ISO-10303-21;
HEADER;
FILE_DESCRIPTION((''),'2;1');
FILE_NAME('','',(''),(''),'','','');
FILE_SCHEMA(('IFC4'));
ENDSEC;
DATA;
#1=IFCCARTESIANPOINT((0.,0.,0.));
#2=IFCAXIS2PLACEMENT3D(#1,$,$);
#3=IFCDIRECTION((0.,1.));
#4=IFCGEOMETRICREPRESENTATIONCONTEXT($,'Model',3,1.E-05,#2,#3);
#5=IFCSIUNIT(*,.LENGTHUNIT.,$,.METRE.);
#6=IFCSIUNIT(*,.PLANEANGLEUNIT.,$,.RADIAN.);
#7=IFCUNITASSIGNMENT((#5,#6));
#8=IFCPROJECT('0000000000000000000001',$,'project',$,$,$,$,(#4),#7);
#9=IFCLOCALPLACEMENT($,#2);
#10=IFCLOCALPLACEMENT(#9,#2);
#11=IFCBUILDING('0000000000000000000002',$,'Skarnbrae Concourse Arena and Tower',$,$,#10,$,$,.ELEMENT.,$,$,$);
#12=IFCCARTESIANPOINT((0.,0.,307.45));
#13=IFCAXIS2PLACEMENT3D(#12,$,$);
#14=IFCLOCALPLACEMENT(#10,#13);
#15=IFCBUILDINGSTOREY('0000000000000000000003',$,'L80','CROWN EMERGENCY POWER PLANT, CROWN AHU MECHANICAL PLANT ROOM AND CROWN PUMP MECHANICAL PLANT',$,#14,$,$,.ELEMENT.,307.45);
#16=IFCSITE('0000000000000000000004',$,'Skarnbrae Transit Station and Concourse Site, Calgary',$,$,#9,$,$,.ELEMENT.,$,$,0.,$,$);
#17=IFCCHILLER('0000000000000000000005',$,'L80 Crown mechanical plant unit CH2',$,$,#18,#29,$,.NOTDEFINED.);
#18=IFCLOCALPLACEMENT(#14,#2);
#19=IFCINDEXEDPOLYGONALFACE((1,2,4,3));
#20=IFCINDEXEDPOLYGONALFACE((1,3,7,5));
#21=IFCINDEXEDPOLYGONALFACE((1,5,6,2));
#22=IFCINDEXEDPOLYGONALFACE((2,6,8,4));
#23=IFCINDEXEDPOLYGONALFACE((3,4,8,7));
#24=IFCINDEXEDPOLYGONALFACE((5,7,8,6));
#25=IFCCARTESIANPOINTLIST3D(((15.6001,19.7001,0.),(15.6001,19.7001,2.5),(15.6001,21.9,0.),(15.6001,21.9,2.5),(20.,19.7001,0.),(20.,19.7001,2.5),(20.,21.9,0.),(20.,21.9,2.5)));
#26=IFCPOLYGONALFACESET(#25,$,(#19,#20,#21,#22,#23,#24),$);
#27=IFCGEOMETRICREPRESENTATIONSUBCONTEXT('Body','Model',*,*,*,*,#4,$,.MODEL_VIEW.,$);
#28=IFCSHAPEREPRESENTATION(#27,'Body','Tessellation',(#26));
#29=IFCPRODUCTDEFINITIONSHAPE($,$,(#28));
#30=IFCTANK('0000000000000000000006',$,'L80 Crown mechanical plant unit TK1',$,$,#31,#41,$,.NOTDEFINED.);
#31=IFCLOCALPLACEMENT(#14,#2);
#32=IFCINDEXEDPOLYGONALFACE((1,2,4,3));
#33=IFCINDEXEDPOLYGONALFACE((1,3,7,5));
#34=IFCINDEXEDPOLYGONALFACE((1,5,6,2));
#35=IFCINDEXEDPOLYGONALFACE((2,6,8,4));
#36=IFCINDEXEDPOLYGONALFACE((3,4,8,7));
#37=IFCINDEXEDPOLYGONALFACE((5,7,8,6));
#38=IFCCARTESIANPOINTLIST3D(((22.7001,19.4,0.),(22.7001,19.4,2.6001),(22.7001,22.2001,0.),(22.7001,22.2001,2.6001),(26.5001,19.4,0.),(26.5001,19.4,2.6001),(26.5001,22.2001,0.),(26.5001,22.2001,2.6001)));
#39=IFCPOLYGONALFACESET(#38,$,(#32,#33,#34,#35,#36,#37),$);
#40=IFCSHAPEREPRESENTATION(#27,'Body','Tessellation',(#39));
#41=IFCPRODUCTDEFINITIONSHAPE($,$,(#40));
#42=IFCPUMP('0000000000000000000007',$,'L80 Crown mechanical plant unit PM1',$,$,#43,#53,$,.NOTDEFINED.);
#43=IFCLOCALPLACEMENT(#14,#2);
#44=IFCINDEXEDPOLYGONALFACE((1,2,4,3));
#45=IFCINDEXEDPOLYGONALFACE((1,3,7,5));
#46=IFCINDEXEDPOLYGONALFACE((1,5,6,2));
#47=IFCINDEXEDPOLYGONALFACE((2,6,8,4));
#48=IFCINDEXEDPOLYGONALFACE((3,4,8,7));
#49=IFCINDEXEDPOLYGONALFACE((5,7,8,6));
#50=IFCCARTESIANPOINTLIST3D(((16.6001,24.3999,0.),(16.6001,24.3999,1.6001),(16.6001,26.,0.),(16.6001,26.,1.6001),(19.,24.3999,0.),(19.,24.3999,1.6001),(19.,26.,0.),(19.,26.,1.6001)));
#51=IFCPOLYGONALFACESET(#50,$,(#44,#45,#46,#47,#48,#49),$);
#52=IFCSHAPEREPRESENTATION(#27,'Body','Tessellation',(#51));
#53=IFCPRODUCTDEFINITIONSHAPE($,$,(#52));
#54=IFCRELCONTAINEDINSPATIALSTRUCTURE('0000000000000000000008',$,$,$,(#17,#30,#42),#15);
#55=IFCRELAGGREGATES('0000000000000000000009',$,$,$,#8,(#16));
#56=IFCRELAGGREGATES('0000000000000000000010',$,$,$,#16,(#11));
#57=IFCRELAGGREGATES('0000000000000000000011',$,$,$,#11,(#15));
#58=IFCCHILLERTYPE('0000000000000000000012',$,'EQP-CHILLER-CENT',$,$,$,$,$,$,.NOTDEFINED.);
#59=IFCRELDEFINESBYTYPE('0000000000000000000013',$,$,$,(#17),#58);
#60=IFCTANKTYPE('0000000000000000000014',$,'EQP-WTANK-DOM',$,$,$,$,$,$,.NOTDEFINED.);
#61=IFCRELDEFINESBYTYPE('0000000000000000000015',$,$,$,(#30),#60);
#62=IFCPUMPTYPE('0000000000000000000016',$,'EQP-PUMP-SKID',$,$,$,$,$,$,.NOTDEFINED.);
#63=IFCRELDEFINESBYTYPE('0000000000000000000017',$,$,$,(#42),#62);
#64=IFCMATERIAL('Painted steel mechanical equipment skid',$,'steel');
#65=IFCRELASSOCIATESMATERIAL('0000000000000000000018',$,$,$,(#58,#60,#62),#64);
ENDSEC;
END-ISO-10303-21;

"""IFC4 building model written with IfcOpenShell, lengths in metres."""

from ifc_helpers import new_model, si_unit, direction, frame, origin, origin_2d, place, context, subcontext, project, spatial, rectangle, extrude, source, transform, mapped, material, type_object, element, save


model = new_model("IFC4")

# Units and contexts
model_context = context("Model", 3, precision=1e-05, world=origin(), true_north=direction((0.0, 1.0)))
body_context = subcontext(model_context, "Body", "Model", "MODEL_VIEW")
ifc_project = project(units=[si_unit("LENGTHUNIT", "METRE"), si_unit("PLANEANGLEUNIT", "RADIAN")], contexts=[model_context])

# Site, building, storey
site_placement = place(None, origin())
site = spatial("IfcSite", under=ifc_project, at=site_placement, Name="Skarnbrae Transit Station and Concourse Site, Calgary", CompositionType="ELEMENT", RefElevation=0.0)
building_placement = place(site_placement, origin())
building = spatial("IfcBuilding", under=site, at=building_placement, Name="Skarnbrae Concourse Arena and Tower", CompositionType="ELEMENT")
storey_placement = place(building_placement, frame((0.0, 0.0, 307.45)))
storey = spatial("IfcBuildingStorey", under=building, at=storey_placement, Name="L80", Description="CROWN EMERGENCY POWER PLANT, CROWN AHU MECHANICAL PLANT ROOM AND CROWN PUMP MECHANICAL PLANT", CompositionType="ELEMENT", Elevation=307.45)

# Chiller
ifc_material_1 = material(Name="Painted steel mechanical equipment skid", Category="steel")
chiller_type = type_object("IfcChillerType", Name="EQP-CHILLER-CENT", PredefinedType="NOTDEFINED", material=ifc_material_1)
shared_shape_1 = source(origin(), body_context, "Body", "SweptSolid", [
    extrude(rectangle(XDim=4.3999, YDim=2.2, at=origin_2d()), origin(), (0.0, 0.0, 1.0), 2.5),
])
chiller_placement = place(storey_placement, frame((17.8, 20.8, 0.0), z_axis=(0.0, 0.0, 1.0), x_axis=(1.0, 0.0, 0.0)))
element("IfcChiller", 1, at=chiller_placement, inside=storey, type_object=chiller_type, Name="L80 Crown mechanical plant unit CH2", PredefinedType="NOTDEFINED", context=body_context, shape_type="MappedRepresentation", body=[
    mapped(shared_shape_1, transform((0.0, 0.0, 0.0))),
])

# Tank
tank_type = type_object("IfcTankType", Name="EQP-WTANK-DOM", PredefinedType="NOTDEFINED", material=ifc_material_1)
shared_shape_2 = source(origin(), body_context, "Body", "SweptSolid", [
    extrude(rectangle(XDim=3.8, YDim=2.8, at=origin_2d()), origin(), (0.0, 0.0, 1.0), 2.6001),
])
tank_placement = place(storey_placement, frame((24.6001, 20.8, 0.0), z_axis=(0.0, 0.0, 1.0), x_axis=(1.0, 0.0, 0.0)))
element("IfcTank", 2, at=tank_placement, inside=storey, type_object=tank_type, Name="L80 Crown mechanical plant unit TK1", PredefinedType="NOTDEFINED", context=body_context, shape_type="MappedRepresentation", body=[
    mapped(shared_shape_2, transform((0.0, 0.0, 0.0))),
])

# Pump
pump_type = type_object("IfcPumpType", Name="EQP-PUMP-SKID", PredefinedType="NOTDEFINED", material=ifc_material_1)
shared_shape_3 = source(origin(), body_context, "Body", "SweptSolid", [
    extrude(rectangle(XDim=2.3999, YDim=1.6001, at=origin_2d()), origin(), (0.0, 0.0, 1.0), 1.6001),
])
pump_placement = place(storey_placement, frame((17.8, 25.2, 0.0), z_axis=(0.0, 0.0, 1.0), x_axis=(1.0, 0.0, 0.0)))
element("IfcPump", 3, at=pump_placement, inside=storey, type_object=pump_type, Name="L80 Crown mechanical plant unit PM1", PredefinedType="NOTDEFINED", context=body_context, shape_type="MappedRepresentation", body=[
    mapped(shared_shape_3, transform((0.0, 0.0, 0.0))),
])

save(model, "model.ifc")
